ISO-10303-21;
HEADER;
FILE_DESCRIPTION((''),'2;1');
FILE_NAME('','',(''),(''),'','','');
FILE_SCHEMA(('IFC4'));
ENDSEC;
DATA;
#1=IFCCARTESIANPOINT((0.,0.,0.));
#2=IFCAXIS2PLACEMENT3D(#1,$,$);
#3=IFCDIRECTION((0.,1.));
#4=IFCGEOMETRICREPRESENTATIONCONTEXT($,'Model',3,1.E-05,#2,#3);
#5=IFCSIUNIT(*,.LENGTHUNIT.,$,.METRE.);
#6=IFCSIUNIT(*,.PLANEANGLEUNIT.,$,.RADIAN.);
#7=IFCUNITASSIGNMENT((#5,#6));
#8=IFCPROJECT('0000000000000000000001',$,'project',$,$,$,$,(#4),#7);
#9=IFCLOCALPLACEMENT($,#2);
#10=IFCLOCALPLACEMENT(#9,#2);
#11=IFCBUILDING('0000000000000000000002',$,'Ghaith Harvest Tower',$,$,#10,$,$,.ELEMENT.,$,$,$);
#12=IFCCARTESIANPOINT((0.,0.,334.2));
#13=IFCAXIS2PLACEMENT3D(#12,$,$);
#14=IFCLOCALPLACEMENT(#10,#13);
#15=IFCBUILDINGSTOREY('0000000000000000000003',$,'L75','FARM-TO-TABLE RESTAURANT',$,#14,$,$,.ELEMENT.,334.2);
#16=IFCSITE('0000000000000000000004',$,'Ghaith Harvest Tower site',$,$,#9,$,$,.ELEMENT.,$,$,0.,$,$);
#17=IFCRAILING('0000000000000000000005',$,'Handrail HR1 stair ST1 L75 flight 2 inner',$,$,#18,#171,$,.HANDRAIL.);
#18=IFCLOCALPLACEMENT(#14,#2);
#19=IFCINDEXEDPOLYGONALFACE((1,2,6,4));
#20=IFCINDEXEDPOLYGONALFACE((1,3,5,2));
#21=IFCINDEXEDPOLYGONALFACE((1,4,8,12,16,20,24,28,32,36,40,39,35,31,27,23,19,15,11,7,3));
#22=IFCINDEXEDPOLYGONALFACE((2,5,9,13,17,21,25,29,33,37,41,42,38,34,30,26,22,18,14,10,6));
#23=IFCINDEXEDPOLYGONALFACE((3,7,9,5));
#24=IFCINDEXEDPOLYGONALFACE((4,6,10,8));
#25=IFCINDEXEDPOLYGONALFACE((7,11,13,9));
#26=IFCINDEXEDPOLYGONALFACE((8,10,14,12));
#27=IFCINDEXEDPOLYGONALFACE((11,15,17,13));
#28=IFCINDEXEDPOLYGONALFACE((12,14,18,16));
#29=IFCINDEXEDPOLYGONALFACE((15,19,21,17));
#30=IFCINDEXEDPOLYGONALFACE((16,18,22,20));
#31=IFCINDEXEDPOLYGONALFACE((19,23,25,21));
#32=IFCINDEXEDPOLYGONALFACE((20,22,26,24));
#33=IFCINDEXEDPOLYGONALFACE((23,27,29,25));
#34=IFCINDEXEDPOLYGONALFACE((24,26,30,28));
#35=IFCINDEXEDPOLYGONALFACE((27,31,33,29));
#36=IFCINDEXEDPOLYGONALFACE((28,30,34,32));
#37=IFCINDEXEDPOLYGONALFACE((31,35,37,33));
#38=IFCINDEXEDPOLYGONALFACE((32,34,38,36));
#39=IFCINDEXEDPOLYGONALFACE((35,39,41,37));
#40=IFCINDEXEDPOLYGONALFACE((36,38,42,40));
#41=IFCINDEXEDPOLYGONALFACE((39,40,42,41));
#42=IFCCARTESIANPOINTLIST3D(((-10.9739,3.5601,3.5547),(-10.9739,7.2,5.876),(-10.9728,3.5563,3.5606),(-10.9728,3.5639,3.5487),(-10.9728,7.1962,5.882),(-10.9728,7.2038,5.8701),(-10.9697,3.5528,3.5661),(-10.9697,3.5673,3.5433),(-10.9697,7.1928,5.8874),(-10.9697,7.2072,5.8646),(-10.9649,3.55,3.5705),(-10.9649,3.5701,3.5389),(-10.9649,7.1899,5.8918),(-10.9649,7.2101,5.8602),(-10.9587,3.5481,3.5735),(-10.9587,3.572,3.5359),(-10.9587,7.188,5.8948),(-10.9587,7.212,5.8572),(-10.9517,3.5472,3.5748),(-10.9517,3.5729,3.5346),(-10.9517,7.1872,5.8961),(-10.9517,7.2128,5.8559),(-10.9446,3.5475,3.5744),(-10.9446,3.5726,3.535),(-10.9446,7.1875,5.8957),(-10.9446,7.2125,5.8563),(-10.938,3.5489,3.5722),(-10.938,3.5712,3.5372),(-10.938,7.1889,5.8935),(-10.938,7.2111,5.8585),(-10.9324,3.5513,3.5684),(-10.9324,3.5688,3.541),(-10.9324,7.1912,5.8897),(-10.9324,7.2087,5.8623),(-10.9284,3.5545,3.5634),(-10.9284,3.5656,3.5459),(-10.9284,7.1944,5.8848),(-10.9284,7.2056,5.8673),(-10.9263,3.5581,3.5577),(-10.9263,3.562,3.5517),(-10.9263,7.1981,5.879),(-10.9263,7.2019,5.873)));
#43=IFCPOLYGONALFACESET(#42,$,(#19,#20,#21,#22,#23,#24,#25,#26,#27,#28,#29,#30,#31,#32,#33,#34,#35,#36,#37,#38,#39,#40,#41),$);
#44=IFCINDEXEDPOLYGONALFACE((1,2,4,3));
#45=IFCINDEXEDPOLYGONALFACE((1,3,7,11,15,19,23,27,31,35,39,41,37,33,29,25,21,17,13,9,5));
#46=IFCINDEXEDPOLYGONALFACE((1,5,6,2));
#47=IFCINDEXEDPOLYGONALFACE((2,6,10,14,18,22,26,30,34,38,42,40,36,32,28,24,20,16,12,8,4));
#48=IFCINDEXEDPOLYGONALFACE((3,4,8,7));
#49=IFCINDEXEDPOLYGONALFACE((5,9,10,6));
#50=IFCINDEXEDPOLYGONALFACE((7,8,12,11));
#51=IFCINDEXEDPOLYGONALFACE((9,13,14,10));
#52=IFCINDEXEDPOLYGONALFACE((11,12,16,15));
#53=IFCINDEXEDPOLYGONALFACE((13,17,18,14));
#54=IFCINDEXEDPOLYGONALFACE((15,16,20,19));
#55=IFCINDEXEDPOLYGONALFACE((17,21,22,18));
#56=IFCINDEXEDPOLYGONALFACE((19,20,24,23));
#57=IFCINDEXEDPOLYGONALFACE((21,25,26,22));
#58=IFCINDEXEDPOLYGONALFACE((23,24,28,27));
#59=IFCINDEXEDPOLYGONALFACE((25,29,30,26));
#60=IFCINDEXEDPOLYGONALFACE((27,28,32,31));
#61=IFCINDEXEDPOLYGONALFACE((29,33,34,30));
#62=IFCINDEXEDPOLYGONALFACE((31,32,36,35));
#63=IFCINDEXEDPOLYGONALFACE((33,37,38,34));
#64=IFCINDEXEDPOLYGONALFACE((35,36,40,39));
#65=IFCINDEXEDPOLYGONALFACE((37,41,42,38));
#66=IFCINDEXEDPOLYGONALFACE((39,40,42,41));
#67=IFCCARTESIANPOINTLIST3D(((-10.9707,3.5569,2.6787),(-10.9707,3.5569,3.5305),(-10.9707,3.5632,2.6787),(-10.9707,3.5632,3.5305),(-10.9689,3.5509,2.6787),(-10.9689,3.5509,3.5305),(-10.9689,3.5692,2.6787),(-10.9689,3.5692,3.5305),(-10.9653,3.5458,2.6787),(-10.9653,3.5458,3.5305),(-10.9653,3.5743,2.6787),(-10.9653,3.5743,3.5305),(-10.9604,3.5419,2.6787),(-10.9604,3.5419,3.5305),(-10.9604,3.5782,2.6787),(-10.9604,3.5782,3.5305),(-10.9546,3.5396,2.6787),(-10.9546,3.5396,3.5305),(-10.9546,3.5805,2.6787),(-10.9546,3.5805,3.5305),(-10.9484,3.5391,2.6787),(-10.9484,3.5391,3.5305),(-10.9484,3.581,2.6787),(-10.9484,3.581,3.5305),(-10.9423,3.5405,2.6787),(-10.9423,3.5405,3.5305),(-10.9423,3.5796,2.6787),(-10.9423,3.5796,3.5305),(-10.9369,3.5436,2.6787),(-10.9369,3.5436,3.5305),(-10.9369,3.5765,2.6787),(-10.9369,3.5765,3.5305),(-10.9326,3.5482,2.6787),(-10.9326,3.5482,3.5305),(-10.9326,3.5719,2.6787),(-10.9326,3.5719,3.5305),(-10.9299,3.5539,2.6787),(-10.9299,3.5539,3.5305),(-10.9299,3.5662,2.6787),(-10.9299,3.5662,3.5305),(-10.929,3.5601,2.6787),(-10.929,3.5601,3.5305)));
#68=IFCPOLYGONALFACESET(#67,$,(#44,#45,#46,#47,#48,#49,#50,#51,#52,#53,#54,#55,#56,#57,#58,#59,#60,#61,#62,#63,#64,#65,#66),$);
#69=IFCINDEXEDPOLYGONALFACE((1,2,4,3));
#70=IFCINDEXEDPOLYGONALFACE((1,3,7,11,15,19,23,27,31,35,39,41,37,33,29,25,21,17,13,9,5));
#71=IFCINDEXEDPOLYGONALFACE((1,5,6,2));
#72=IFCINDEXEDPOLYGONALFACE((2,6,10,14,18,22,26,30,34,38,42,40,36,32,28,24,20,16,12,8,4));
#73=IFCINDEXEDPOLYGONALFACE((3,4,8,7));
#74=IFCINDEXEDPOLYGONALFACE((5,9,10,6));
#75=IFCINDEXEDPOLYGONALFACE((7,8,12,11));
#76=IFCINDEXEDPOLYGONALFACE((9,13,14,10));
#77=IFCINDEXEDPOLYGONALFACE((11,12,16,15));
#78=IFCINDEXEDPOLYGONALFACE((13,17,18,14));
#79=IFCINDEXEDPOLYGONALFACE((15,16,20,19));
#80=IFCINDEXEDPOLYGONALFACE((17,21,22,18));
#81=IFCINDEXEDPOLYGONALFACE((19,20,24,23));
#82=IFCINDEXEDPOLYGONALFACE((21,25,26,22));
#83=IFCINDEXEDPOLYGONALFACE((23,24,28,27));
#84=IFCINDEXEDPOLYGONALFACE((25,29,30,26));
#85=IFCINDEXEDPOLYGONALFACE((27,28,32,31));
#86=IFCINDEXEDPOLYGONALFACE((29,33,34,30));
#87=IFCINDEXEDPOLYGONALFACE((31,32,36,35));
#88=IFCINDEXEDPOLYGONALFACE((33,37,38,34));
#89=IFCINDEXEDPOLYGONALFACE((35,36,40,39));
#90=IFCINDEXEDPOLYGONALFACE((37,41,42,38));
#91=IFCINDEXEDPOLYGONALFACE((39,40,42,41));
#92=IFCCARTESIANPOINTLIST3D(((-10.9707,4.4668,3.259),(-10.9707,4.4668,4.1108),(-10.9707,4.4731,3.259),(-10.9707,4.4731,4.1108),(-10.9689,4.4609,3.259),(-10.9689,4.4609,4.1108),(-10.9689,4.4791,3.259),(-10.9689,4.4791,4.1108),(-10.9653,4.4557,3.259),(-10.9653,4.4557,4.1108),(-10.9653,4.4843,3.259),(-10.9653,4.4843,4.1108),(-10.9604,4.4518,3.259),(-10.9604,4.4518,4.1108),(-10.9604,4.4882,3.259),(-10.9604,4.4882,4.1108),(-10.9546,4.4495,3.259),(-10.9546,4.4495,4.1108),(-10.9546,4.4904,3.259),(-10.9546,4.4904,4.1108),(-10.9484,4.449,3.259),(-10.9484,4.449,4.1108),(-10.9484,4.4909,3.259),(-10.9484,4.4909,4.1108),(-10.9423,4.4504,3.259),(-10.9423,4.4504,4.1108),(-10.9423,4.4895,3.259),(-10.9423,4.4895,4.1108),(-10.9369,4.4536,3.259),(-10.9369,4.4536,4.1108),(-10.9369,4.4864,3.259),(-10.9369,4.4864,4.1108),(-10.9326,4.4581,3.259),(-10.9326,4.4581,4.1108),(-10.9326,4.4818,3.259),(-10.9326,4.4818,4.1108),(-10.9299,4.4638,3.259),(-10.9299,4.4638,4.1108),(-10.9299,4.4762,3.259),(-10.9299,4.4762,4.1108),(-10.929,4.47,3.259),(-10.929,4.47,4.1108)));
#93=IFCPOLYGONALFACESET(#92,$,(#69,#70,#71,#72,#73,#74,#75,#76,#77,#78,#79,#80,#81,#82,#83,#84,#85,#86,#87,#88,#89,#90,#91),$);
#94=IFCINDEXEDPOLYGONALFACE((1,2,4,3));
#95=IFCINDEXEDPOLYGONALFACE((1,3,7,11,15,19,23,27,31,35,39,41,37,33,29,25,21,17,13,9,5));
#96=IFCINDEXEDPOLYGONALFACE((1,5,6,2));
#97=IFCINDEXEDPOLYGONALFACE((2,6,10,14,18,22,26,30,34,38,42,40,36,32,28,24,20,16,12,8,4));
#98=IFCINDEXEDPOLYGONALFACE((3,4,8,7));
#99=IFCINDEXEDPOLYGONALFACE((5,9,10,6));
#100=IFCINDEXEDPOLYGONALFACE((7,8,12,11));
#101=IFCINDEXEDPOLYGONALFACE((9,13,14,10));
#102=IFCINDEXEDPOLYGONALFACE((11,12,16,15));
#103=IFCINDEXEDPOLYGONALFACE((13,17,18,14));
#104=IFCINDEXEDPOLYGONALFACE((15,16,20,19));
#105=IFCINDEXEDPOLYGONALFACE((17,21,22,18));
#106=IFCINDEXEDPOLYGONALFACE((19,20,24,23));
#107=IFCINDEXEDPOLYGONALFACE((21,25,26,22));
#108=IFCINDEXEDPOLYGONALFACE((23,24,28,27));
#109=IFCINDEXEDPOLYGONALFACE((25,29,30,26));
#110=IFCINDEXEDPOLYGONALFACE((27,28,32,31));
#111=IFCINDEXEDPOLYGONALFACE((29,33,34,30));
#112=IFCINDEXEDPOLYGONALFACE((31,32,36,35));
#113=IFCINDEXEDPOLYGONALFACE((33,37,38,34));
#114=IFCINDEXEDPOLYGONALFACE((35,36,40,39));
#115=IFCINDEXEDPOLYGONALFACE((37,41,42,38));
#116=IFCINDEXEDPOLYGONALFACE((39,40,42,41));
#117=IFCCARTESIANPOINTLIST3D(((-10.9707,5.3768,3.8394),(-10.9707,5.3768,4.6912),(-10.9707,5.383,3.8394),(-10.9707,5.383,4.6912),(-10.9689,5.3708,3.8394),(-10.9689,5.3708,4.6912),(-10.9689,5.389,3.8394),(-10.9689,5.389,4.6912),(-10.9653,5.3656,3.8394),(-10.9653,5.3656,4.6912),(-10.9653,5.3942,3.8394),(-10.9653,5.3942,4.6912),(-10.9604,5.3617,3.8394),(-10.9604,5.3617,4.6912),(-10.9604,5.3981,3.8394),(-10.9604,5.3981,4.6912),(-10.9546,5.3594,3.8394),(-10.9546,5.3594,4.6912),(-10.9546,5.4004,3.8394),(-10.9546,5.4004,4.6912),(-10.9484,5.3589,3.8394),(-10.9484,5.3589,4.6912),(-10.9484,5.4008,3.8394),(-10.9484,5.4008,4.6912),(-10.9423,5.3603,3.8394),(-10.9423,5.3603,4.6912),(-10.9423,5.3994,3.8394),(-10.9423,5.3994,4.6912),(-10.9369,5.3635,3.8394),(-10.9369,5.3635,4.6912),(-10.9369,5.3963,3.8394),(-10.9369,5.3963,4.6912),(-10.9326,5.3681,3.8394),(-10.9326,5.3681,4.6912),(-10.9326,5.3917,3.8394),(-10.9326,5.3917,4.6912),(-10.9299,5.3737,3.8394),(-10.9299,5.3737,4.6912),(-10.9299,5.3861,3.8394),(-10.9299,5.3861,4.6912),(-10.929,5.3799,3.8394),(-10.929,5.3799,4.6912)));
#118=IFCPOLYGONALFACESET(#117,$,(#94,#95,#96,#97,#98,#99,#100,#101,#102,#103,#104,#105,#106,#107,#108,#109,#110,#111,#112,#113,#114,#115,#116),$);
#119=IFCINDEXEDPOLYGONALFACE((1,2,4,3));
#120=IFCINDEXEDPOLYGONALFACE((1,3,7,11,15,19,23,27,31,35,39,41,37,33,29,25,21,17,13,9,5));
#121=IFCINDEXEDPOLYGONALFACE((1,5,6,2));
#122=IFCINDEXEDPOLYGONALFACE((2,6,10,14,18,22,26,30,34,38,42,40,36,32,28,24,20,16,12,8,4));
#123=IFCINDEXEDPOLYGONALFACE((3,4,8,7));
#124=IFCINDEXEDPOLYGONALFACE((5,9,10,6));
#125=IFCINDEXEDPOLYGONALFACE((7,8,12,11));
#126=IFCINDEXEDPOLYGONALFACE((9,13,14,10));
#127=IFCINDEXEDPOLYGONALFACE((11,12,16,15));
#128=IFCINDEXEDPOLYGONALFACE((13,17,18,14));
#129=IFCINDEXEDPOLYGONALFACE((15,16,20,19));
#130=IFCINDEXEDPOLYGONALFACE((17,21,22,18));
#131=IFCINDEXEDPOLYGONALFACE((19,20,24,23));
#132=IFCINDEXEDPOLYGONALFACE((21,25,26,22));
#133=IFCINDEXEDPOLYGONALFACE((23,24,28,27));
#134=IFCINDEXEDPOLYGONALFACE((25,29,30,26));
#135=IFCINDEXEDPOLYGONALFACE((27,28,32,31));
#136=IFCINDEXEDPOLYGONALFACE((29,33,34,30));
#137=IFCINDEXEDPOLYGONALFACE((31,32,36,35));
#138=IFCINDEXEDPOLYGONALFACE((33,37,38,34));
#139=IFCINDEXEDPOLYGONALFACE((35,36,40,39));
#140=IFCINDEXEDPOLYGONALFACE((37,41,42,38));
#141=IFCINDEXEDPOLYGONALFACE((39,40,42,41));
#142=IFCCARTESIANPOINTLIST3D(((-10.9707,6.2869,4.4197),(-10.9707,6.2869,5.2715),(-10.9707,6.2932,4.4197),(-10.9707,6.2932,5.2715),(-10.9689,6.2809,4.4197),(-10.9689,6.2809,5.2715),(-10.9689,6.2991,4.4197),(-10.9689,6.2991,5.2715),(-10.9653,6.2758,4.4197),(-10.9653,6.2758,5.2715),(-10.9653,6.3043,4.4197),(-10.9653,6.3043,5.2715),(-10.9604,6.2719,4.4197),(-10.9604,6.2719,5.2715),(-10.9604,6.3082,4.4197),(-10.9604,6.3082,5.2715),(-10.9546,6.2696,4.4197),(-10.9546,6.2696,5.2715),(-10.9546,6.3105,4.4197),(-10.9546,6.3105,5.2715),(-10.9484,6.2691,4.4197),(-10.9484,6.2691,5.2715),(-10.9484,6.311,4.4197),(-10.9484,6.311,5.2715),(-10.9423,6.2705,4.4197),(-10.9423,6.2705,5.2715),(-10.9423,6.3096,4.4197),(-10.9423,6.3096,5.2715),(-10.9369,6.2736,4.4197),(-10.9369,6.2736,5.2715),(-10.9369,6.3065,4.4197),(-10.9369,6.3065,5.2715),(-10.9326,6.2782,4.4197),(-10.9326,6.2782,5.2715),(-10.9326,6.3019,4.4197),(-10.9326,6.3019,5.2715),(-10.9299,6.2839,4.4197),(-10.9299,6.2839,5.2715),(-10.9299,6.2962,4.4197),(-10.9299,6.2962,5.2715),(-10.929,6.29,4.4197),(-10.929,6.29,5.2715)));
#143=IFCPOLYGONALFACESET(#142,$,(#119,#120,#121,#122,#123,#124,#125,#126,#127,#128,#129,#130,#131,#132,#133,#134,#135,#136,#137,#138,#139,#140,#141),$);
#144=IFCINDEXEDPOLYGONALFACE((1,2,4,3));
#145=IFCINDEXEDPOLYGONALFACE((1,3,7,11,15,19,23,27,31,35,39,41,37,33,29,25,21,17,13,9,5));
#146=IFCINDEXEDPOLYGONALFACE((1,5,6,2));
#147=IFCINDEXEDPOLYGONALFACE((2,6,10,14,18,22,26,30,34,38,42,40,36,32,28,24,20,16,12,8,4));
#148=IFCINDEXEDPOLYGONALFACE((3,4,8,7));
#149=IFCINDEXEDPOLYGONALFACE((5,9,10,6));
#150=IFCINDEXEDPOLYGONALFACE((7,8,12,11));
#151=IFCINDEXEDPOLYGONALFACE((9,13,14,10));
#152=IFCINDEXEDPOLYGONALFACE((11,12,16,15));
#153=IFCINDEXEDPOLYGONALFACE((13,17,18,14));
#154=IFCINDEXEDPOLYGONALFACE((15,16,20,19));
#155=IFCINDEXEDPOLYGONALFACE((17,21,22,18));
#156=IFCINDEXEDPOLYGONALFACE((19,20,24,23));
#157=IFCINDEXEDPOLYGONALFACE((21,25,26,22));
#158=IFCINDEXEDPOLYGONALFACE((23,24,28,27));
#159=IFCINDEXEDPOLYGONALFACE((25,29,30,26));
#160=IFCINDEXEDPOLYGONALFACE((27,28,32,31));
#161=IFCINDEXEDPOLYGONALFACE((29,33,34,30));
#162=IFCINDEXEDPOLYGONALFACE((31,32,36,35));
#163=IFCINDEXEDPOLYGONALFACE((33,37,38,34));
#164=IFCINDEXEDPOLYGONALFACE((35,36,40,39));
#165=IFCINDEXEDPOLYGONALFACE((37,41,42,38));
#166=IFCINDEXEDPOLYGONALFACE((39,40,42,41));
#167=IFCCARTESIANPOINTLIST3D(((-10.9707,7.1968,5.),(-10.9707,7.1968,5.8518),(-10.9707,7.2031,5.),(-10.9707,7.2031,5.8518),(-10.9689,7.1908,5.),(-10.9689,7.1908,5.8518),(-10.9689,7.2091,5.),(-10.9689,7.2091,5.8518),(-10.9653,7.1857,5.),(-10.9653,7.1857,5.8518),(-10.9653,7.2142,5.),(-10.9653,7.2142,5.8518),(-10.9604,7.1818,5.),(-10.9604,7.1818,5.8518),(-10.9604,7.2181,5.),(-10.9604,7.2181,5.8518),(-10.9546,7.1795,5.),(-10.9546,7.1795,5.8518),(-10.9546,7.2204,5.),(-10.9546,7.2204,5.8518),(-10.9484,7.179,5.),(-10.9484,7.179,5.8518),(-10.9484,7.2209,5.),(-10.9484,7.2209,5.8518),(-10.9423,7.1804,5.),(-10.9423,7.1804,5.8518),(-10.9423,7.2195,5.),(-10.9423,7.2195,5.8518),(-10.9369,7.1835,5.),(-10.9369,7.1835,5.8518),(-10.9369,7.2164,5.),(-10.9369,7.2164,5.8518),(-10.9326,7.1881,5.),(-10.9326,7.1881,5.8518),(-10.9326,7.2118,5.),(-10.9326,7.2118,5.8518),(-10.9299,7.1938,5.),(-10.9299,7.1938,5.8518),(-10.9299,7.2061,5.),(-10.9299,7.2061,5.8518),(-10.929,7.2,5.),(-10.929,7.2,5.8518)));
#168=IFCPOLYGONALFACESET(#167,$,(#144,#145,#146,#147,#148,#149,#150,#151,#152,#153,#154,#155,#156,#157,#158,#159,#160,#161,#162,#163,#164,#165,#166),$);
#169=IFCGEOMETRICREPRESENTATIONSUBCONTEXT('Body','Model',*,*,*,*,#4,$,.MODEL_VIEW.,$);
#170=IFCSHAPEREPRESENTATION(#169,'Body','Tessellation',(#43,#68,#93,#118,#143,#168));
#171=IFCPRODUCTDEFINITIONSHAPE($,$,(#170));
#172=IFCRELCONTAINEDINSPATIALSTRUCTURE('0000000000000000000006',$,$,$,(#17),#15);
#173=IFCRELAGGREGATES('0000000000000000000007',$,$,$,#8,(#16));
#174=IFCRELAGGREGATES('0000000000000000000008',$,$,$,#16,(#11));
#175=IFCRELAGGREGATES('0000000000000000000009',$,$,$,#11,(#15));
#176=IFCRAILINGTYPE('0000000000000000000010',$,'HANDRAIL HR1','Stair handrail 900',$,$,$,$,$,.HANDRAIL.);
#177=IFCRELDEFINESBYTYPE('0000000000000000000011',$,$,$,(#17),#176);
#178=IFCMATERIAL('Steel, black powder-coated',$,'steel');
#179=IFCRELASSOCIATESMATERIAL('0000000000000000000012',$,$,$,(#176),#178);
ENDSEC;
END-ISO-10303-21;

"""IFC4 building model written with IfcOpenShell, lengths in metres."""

from ifc_helpers import new_model, si_unit, direction, frame, origin, origin_2d, place, context, subcontext, project, spatial, circle, extrude, material, type_object, element, save


model = new_model("IFC4")

# Units and contexts
model_context = context("Model", 3, precision=1e-05, world=origin(), true_north=direction((0.0, 1.0)))
body_context = subcontext(model_context, "Body", "Model", "MODEL_VIEW")
ifc_project = project(units=[si_unit("LENGTHUNIT", "METRE"), si_unit("PLANEANGLEUNIT", "RADIAN")], contexts=[model_context])

# Site, building, storey
site_placement = place(None, origin())
site = spatial("IfcSite", under=ifc_project, at=site_placement, Name="Ghaith Harvest Tower site", CompositionType="ELEMENT", RefElevation=0.0)
building_placement = place(site_placement, origin())
building = spatial("IfcBuilding", under=site, at=building_placement, Name="Ghaith Harvest Tower", CompositionType="ELEMENT")
storey_placement = place(building_placement, frame((0.0, 0.0, 334.2)))
storey = spatial("IfcBuildingStorey", under=building, at=storey_placement, Name="L75", Description="FARM-TO-TABLE RESTAURANT", CompositionType="ELEMENT", Elevation=334.2)

# Railing
ifc_material_1 = material(Name="Steel, black powder-coated", Category="steel")
railing_type = type_object("IfcRailingType", Name="HANDRAIL HR1", Description="Stair handrail 900", PredefinedType="HANDRAIL", material=ifc_material_1)
railing_1_placement = place(storey_placement, frame((-10.95, 3.5601, 2.6787)))
element("IfcRailing", 1, at=railing_1_placement, inside=storey, type_object=railing_type, Name="Handrail HR1 stair ST1 L75 flight 2 inner", PredefinedType="HANDRAIL", context=body_context, shape_type="SweptSolid", body=[
    extrude(circle(Radius=0.0239, at=origin_2d()), frame((0.0, 0.0, 0.876), z_axis=(0.0, 0.843137, 0.537699), x_axis=(-1.0, 0.0, 0.0)), (0.0, 0.0, 1.0), 4.3171),
    extrude(circle(Radius=0.021, at=origin_2d()), origin(), (0.0, 0.0, 1.0), 0.8518),
    extrude(circle(Radius=0.021, at=origin_2d()), frame((0.0, 0.9099, 0.5803)), (0.0, 0.0, 1.0), 0.8518),
    extrude(circle(Radius=0.021, at=origin_2d()), frame((0.0, 1.8198, 1.1606)), (0.0, 0.0, 1.0), 0.8518),
    extrude(circle(Radius=0.021, at=origin_2d()), frame((0.0, 2.73, 1.741)), (0.0, 0.0, 1.0), 0.8518),
    extrude(circle(Radius=0.021, at=origin_2d()), frame((0.0, 3.6399, 2.3213)), (0.0, 0.0, 1.0), 0.8518),
])

save(model, "model.ifc")
